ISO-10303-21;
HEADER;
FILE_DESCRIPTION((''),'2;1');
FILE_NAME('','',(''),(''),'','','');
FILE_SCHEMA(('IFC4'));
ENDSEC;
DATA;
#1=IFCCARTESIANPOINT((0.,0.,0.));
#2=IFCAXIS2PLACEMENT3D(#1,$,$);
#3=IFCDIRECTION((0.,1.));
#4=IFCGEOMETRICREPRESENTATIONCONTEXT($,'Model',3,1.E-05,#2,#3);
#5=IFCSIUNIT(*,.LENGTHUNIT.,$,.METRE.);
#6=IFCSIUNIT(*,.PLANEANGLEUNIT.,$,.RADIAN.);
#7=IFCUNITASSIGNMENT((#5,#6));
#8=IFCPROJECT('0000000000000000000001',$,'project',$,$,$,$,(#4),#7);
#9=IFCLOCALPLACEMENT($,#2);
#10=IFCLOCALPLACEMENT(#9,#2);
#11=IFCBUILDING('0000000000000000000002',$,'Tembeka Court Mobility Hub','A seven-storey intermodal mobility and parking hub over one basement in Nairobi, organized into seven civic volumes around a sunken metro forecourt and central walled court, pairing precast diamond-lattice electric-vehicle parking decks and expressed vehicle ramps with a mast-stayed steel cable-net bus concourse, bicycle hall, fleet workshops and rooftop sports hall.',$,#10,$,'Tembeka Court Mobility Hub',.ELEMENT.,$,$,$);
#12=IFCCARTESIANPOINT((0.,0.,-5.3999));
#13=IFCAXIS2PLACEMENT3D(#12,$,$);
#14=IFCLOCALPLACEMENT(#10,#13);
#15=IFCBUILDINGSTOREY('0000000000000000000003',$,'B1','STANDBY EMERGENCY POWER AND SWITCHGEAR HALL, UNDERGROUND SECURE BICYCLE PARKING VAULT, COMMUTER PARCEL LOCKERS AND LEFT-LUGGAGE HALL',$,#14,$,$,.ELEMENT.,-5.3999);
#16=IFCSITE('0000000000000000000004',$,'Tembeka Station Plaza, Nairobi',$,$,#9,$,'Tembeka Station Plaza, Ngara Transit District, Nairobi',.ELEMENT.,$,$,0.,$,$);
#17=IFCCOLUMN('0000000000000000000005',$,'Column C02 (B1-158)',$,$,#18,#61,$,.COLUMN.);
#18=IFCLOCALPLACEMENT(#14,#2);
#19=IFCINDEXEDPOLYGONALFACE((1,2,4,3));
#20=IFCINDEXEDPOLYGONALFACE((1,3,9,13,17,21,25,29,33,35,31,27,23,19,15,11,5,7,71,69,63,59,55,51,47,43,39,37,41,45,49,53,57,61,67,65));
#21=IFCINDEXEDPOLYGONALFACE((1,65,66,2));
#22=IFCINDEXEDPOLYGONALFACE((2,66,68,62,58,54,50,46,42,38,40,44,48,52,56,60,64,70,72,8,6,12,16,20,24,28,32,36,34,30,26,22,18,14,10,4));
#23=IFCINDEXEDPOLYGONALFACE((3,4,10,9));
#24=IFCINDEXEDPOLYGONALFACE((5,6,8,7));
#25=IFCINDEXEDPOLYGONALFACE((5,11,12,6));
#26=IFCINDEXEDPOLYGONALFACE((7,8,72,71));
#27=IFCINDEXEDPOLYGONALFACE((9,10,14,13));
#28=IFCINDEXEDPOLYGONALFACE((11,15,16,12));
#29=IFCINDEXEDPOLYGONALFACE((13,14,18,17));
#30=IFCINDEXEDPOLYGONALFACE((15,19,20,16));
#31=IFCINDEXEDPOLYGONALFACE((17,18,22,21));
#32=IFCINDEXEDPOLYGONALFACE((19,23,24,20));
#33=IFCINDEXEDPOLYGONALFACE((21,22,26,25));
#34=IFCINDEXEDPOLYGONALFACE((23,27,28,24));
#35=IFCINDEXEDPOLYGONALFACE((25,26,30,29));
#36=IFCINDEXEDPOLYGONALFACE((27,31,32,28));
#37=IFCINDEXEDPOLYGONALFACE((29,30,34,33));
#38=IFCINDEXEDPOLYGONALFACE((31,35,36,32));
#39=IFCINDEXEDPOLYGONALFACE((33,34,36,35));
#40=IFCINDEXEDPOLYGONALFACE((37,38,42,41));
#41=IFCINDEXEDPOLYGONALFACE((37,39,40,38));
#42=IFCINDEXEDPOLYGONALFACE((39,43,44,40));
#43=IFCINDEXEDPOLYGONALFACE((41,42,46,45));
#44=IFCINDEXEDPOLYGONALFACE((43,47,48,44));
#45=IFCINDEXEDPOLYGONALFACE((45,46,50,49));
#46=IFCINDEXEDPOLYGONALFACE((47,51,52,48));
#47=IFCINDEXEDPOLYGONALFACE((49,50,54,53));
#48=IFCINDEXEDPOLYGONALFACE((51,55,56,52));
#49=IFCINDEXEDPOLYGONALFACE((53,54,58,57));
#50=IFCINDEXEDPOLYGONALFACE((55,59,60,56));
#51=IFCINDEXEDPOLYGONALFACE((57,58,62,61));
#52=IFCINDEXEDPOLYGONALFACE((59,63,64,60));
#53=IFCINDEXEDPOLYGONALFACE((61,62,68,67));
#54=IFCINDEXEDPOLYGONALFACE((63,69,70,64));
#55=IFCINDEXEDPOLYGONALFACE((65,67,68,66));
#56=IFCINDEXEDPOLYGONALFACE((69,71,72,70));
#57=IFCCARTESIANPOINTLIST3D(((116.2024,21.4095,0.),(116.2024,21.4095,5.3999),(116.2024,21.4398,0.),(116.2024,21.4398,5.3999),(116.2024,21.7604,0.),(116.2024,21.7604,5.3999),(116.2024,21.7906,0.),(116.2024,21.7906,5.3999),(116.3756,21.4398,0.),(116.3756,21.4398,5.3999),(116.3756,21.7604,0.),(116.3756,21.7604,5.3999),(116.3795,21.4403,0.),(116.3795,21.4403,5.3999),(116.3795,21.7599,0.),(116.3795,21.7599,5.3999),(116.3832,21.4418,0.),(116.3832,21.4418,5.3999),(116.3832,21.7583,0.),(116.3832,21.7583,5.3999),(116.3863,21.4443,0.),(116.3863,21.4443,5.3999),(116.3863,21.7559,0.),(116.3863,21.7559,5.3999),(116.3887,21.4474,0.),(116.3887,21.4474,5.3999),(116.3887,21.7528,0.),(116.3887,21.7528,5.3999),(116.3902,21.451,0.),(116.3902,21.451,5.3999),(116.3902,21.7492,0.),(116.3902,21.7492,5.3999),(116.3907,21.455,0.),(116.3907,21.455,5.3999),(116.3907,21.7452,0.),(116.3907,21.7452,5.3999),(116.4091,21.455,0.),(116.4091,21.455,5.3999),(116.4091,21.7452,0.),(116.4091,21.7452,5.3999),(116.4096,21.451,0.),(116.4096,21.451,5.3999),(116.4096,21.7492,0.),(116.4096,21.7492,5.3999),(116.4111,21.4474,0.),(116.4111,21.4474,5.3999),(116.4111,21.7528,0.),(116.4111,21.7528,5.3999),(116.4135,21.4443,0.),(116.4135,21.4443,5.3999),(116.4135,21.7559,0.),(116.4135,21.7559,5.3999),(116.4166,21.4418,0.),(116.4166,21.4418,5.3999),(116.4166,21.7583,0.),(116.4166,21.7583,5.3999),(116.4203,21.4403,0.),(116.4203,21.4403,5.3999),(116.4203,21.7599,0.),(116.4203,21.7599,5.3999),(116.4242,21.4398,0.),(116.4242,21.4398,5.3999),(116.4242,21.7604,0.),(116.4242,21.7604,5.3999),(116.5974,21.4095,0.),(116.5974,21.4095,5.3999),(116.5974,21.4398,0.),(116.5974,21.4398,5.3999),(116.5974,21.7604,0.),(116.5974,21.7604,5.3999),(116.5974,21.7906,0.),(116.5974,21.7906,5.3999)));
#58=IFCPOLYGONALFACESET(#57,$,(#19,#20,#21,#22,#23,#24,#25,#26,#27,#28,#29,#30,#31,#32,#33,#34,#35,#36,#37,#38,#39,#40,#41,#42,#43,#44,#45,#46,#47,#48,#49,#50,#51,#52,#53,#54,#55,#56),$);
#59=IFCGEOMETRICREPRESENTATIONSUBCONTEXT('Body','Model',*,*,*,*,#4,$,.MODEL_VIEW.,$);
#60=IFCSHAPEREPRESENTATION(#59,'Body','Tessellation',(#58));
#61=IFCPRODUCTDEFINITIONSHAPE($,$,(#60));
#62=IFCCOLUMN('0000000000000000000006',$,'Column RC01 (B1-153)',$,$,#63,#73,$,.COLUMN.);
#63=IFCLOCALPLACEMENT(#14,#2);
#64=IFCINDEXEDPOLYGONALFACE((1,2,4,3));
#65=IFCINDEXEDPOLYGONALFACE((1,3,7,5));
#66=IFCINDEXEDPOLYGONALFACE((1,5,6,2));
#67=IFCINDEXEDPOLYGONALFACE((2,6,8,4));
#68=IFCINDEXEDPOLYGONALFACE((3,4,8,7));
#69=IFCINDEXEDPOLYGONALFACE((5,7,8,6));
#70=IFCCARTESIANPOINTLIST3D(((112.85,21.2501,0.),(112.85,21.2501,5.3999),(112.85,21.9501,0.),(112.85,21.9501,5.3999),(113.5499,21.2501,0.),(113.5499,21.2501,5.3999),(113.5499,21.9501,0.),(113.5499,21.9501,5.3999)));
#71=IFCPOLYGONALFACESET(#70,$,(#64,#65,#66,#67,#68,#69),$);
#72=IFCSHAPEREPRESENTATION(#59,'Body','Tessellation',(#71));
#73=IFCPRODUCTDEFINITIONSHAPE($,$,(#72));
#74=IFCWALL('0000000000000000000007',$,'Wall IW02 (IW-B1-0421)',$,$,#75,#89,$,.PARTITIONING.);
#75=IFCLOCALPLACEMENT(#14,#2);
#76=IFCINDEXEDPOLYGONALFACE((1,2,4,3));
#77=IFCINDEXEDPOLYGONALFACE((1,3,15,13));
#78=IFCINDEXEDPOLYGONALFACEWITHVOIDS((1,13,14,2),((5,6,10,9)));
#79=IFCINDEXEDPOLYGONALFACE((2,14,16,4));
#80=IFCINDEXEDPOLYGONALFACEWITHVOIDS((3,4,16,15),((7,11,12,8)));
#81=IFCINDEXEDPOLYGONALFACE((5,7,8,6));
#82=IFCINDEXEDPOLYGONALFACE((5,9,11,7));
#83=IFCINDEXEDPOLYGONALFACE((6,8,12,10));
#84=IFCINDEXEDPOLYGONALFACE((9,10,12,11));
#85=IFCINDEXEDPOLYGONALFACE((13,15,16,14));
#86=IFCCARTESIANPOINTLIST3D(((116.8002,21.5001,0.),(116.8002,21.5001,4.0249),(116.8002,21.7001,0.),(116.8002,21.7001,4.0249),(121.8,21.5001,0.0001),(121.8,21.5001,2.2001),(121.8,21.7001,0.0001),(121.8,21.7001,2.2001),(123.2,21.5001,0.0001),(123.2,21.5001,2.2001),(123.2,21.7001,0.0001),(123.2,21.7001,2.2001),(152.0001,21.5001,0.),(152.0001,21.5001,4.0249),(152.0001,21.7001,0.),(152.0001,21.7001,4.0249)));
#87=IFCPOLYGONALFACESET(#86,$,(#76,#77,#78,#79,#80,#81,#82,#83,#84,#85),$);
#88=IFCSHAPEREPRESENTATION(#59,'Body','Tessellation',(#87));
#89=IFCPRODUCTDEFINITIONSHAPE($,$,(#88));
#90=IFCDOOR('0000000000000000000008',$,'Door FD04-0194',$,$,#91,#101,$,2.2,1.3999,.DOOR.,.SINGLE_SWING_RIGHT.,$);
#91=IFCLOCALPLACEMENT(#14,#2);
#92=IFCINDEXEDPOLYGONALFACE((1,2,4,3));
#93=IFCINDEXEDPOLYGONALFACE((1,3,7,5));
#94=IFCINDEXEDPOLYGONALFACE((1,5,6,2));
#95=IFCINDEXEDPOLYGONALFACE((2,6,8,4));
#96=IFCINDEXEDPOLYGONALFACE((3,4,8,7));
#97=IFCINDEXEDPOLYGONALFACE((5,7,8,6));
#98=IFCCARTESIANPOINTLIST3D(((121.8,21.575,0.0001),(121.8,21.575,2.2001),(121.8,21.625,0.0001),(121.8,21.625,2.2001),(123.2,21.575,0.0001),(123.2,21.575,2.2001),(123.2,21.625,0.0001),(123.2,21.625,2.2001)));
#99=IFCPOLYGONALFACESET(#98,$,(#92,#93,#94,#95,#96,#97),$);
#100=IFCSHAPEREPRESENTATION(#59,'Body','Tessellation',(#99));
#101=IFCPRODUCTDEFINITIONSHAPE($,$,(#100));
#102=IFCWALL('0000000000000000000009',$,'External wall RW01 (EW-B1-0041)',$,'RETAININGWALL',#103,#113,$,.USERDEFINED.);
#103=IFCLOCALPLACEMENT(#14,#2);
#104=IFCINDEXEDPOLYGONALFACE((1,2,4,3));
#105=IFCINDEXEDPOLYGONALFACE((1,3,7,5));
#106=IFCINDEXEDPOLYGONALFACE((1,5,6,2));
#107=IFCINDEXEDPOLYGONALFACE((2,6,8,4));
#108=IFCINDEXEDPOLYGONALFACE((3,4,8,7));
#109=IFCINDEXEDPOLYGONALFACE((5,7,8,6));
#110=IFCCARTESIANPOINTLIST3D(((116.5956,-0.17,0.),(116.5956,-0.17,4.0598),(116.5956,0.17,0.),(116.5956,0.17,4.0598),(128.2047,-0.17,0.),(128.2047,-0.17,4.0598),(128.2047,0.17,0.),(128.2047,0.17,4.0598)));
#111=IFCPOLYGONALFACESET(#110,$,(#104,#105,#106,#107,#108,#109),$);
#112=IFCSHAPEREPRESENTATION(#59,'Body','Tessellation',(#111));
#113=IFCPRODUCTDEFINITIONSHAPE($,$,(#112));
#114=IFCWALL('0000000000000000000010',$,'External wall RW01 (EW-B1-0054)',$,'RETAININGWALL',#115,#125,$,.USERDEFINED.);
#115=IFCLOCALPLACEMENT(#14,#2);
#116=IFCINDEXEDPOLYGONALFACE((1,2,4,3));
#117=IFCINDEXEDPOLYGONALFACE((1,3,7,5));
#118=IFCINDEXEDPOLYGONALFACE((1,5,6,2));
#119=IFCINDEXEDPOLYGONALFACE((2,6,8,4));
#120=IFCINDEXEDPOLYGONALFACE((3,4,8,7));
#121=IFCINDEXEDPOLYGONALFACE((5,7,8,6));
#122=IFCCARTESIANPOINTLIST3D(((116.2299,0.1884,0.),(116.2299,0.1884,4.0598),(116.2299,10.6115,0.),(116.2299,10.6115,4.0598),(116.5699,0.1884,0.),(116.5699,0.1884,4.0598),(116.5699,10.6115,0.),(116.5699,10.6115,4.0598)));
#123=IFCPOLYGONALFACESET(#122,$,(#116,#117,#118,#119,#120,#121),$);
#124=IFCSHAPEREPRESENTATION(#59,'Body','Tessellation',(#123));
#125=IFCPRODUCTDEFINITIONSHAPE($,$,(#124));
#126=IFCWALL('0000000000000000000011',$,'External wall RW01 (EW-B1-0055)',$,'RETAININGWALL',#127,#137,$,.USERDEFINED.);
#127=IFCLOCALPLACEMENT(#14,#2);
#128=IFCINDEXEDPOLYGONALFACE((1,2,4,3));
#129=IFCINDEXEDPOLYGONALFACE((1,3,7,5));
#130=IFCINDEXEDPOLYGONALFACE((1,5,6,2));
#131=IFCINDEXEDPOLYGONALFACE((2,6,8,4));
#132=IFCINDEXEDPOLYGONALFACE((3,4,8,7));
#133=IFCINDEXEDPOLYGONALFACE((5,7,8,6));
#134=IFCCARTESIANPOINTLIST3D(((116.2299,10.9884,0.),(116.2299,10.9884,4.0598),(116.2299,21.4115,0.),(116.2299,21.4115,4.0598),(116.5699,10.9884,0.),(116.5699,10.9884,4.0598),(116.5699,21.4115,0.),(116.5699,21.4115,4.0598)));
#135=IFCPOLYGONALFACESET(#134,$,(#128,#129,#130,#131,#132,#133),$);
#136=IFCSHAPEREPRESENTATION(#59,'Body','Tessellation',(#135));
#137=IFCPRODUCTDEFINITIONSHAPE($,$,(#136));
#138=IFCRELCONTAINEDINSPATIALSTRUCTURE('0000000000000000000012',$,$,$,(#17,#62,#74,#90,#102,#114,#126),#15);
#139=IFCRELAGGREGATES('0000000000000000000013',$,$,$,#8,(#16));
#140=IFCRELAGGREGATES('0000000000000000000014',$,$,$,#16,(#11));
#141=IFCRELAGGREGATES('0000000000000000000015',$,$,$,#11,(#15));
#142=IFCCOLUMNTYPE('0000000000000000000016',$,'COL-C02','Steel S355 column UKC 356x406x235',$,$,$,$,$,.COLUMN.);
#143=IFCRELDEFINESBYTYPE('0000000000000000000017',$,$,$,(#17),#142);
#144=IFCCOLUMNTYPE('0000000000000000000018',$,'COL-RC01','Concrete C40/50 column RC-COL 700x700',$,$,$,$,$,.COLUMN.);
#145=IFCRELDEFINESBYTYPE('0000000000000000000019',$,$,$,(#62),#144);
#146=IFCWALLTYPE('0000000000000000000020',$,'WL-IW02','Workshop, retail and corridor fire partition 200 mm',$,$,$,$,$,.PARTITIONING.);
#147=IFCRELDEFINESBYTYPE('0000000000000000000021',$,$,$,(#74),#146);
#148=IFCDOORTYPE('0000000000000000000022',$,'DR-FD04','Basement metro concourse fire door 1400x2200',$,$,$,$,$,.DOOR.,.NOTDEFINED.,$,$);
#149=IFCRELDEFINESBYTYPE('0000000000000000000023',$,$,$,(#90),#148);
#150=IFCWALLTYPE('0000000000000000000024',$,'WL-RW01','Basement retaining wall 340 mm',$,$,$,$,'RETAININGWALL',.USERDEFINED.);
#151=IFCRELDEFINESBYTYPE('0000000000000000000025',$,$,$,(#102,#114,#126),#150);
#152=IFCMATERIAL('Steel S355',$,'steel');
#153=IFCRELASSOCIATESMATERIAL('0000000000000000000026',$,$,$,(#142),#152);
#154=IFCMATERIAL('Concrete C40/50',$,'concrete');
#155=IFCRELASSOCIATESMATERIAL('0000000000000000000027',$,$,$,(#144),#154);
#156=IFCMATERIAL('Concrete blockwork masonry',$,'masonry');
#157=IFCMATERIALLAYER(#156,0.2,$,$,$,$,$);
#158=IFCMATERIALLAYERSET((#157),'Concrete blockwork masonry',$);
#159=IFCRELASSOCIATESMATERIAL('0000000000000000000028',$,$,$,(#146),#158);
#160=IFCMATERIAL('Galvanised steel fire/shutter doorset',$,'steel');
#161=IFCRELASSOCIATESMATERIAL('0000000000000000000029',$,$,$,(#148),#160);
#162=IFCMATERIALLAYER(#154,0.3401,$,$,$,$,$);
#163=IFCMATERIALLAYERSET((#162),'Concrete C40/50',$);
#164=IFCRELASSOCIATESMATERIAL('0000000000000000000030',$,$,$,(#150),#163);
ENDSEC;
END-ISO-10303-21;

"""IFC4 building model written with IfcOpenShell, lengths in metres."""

from ifc_helpers import new_model, si_unit, direction, frame, frame_2d, origin, origin_2d, place, context, subcontext, project, spatial, rectangle, i_section, extrude, material, layer, layer_set, material_profile, profile_set, type_object, element, fill, save


model = new_model("IFC4")

# Units and contexts
model_context = context("Model", 3, precision=1e-05, world=origin(), true_north=direction((0.0, 1.0)))
body_context = subcontext(model_context, "Body", "Model", "MODEL_VIEW")
ifc_project = project(units=[si_unit("LENGTHUNIT", "METRE"), si_unit("PLANEANGLEUNIT", "RADIAN")], contexts=[model_context])

# Site, building, storey
site_placement = place(None, origin())
site = spatial("IfcSite", under=ifc_project, at=site_placement, Name="Tembeka Station Plaza, Nairobi", LongName="Tembeka Station Plaza, Ngara Transit District, Nairobi", CompositionType="ELEMENT", RefElevation=0.0)
building_placement = place(site_placement, origin())
building = spatial("IfcBuilding", under=site, at=building_placement, Name="Tembeka Court Mobility Hub", Description="A seven-storey intermodal mobility and parking hub over one basement in Nairobi, organized into seven civic volumes around a sunken metro forecourt and central walled court, pairing precast diamond-lattice electric-vehicle parking decks and expressed vehicle ramps with a mast-stayed steel cable-net bus concourse, bicycle hall, fleet workshops and rooftop sports hall.", LongName="Tembeka Court Mobility Hub", CompositionType="ELEMENT")
storey_placement = place(building_placement, frame((0.0, 0.0, -5.3999)))
storey = spatial("IfcBuildingStorey", under=building, at=storey_placement, Name="B1", Description="STANDBY EMERGENCY POWER AND SWITCHGEAR HALL, UNDERGROUND SECURE BICYCLE PARKING VAULT, COMMUTER PARCEL LOCKERS AND LEFT-LUGGAGE HALL", CompositionType="ELEMENT", Elevation=-5.3999)

# Shared definitions
ifc_material_1 = material(Name="Concrete C40/50", Category="concrete")

# Columns
ifc_material_2 = material(Name="Steel S355", Category="steel")
ifc_material_profile_1 = material_profile(ifc_material_2, i_section(OverallWidth=0.395, OverallDepth=0.3811, WebThickness=0.0183, FlangeThickness=0.0303, FilletRadius=0.0151, at=origin_2d()), Name="UKC 356x406x235")
ifc_profile_set_1 = profile_set([ifc_material_profile_1], Name="Steel S355")
column_type_1 = type_object("IfcColumnType", Name="COL-C02", Description="Steel S355 column UKC 356x406x235", PredefinedType="COLUMN", material=ifc_profile_set_1)
for number, where, z_axis, x_axis, name in (
    (1, (116.3999, 21.6001, 0.0), (0.0, 0.0, 1.0), (1.0, 0.0, 0.0), "Column C02 (B1-158)"),
):
    element("IfcColumn", number, at=place(storey_placement, frame(where, z_axis=z_axis, x_axis=x_axis)), inside=storey, type_object=column_type_1, Name=name, PredefinedType="COLUMN", context=body_context, shape_type="SweptSolid", body=[
        extrude(i_section(OverallWidth=0.395, OverallDepth=0.3811, WebThickness=0.0183, FlangeThickness=0.0303, FilletRadius=0.0151, at=origin_2d()), origin(), (0.0, 0.0, 1.0), 5.3999),
    ])
ifc_material_profile_2 = material_profile(ifc_material_1, rectangle(XDim=0.7, YDim=0.7, at=origin_2d()), Name="RC-COL 700x700")
ifc_profile_set_2 = profile_set([ifc_material_profile_2], Name="Concrete C40/50")
column_type_2 = type_object("IfcColumnType", Name="COL-RC01", Description="Concrete C40/50 column RC-COL 700x700", PredefinedType="COLUMN", material=ifc_profile_set_2)
column_placement = place(storey_placement, frame((113.2, 21.6001, 0.0), z_axis=(0.0, 0.0, 1.0), x_axis=(1.0, 0.0, 0.0)))
element("IfcColumn", 2, at=column_placement, inside=storey, type_object=column_type_2, Name="Column RC01 (B1-153)", PredefinedType="COLUMN", context=body_context, shape_type="SweptSolid", body=[
    extrude(rectangle(XDim=0.7, YDim=0.7, at=origin_2d()), origin(), (0.0, 0.0, 1.0), 5.3999),
])

# Wall, opening, door
ifc_material_3 = material(Name="Concrete blockwork masonry", Category="masonry")
ifc_layer_1 = layer(ifc_material_3, 0.2)
ifc_layer_set_1 = layer_set([ifc_layer_1], Name="Concrete blockwork masonry")
wall_type_1 = type_object("IfcWallType", Name="WL-IW02", Description="Workshop, retail and corridor fire partition 200 mm", PredefinedType="PARTITIONING", material=ifc_layer_set_1)
wall_1_placement = place(storey_placement, frame((116.8, 21.6001, 0.0), z_axis=(0.0, 0.0, 1.0), x_axis=(1.0, 0.0, 0.0)))
wall_1 = element("IfcWall", 3, at=wall_1_placement, inside=storey, type_object=wall_type_1, Name="Wall IW02 (IW-B1-0421)", PredefinedType="PARTITIONING", context=body_context, shape_type="SweptSolid", body=[
    extrude(rectangle(XDim=35.2, YDim=0.2, at=frame_2d((17.6001, 0.0))), origin(), (0.0, 0.0, 1.0), 4.0249),
])
opening_placement = place(wall_1_placement, frame((5.0, 0.0, 0.0)))
opening = element("IfcOpeningElement", 4, at=opening_placement, cuts=wall_1, PredefinedType="OPENING", context=body_context, shape_type="SweptSolid", body=[
    extrude(rectangle(XDim=1.3999, YDim=2.2, at=frame_2d((0.7, 1.1001))), frame((0.0, 0.1099, 0.0), z_axis=(0.0, -1.0, 0.0), x_axis=(1.0, 0.0, 0.0)), (0.0, 0.0, 1.0), 0.22),
])
ifc_material_4 = material(Name="Galvanised steel fire/shutter doorset", Category="steel")
door_type = type_object("IfcDoorType", Name="DR-FD04", Description="Basement metro concourse fire door 1400x2200", OperationType="NOTDEFINED", PredefinedType="DOOR", material=ifc_material_4)
door_placement = place(opening_placement, origin())
door = element("IfcDoor", 5, at=door_placement, inside=storey, type_object=door_type, Name="Door FD04-0194", OperationType="SINGLE_SWING_RIGHT", OverallHeight=2.2, OverallWidth=1.3999, PredefinedType="DOOR", context=body_context, shape_type="SweptSolid", body=[
    extrude(rectangle(XDim=1.3999, YDim=2.2, at=frame_2d((0.7, 1.1001))), frame((0.0, 0.0249, 0.0), z_axis=(0.0, -1.0, 0.0), x_axis=(1.0, 0.0, 0.0)), (0.0, 0.0, 1.0), 0.05),
])
fill(opening, door)

# Walls
ifc_layer_2 = layer(ifc_material_1, 0.3401)
ifc_layer_set_2 = layer_set([ifc_layer_2], Name="Concrete C40/50")
wall_type_2 = type_object("IfcWallType", Name="WL-RW01", Description="Basement retaining wall 340 mm", ElementType="RETAININGWALL", PredefinedType="USERDEFINED", material=ifc_layer_set_2)
wall_2_placement = place(storey_placement, frame((116.5955, 0.0, 0.0), z_axis=(0.0, 0.0, 1.0), x_axis=(1.0, 0.0, 0.0)))
element("IfcWall", 6, at=wall_2_placement, inside=storey, type_object=wall_type_2, Name="External wall RW01 (EW-B1-0041)", ObjectType="RETAININGWALL", PredefinedType="USERDEFINED", context=body_context, shape_type="SweptSolid", body=[
    extrude(rectangle(XDim=11.6091, YDim=0.3401, at=frame_2d((5.8047, 0.0))), origin(), (0.0, 0.0, 1.0), 4.0598),
])
for number, where, z_axis, x_axis, name in (
    (7, (116.3999, 0.1885, 0.0), (0.0, 0.0, 1.0), (0.0, 1.0, 0.0), "External wall RW01 (EW-B1-0054)"),
    (8, (116.3999, 10.9885, 0.0), (0.0, 0.0, 1.0), (0.0, 1.0, 0.0), "External wall RW01 (EW-B1-0055)"),
):
    element("IfcWall", number, at=place(storey_placement, frame(where, z_axis=z_axis, x_axis=x_axis)), inside=storey, type_object=wall_type_2, Name=name, ObjectType="RETAININGWALL", PredefinedType="USERDEFINED", context=body_context, shape_type="SweptSolid", body=[
        extrude(rectangle(XDim=10.4231, YDim=0.3401, at=frame_2d((5.2114, 0.0))), origin(), (0.0, 0.0, 1.0), 4.0598),
    ])

save(model, "model.ifc")
